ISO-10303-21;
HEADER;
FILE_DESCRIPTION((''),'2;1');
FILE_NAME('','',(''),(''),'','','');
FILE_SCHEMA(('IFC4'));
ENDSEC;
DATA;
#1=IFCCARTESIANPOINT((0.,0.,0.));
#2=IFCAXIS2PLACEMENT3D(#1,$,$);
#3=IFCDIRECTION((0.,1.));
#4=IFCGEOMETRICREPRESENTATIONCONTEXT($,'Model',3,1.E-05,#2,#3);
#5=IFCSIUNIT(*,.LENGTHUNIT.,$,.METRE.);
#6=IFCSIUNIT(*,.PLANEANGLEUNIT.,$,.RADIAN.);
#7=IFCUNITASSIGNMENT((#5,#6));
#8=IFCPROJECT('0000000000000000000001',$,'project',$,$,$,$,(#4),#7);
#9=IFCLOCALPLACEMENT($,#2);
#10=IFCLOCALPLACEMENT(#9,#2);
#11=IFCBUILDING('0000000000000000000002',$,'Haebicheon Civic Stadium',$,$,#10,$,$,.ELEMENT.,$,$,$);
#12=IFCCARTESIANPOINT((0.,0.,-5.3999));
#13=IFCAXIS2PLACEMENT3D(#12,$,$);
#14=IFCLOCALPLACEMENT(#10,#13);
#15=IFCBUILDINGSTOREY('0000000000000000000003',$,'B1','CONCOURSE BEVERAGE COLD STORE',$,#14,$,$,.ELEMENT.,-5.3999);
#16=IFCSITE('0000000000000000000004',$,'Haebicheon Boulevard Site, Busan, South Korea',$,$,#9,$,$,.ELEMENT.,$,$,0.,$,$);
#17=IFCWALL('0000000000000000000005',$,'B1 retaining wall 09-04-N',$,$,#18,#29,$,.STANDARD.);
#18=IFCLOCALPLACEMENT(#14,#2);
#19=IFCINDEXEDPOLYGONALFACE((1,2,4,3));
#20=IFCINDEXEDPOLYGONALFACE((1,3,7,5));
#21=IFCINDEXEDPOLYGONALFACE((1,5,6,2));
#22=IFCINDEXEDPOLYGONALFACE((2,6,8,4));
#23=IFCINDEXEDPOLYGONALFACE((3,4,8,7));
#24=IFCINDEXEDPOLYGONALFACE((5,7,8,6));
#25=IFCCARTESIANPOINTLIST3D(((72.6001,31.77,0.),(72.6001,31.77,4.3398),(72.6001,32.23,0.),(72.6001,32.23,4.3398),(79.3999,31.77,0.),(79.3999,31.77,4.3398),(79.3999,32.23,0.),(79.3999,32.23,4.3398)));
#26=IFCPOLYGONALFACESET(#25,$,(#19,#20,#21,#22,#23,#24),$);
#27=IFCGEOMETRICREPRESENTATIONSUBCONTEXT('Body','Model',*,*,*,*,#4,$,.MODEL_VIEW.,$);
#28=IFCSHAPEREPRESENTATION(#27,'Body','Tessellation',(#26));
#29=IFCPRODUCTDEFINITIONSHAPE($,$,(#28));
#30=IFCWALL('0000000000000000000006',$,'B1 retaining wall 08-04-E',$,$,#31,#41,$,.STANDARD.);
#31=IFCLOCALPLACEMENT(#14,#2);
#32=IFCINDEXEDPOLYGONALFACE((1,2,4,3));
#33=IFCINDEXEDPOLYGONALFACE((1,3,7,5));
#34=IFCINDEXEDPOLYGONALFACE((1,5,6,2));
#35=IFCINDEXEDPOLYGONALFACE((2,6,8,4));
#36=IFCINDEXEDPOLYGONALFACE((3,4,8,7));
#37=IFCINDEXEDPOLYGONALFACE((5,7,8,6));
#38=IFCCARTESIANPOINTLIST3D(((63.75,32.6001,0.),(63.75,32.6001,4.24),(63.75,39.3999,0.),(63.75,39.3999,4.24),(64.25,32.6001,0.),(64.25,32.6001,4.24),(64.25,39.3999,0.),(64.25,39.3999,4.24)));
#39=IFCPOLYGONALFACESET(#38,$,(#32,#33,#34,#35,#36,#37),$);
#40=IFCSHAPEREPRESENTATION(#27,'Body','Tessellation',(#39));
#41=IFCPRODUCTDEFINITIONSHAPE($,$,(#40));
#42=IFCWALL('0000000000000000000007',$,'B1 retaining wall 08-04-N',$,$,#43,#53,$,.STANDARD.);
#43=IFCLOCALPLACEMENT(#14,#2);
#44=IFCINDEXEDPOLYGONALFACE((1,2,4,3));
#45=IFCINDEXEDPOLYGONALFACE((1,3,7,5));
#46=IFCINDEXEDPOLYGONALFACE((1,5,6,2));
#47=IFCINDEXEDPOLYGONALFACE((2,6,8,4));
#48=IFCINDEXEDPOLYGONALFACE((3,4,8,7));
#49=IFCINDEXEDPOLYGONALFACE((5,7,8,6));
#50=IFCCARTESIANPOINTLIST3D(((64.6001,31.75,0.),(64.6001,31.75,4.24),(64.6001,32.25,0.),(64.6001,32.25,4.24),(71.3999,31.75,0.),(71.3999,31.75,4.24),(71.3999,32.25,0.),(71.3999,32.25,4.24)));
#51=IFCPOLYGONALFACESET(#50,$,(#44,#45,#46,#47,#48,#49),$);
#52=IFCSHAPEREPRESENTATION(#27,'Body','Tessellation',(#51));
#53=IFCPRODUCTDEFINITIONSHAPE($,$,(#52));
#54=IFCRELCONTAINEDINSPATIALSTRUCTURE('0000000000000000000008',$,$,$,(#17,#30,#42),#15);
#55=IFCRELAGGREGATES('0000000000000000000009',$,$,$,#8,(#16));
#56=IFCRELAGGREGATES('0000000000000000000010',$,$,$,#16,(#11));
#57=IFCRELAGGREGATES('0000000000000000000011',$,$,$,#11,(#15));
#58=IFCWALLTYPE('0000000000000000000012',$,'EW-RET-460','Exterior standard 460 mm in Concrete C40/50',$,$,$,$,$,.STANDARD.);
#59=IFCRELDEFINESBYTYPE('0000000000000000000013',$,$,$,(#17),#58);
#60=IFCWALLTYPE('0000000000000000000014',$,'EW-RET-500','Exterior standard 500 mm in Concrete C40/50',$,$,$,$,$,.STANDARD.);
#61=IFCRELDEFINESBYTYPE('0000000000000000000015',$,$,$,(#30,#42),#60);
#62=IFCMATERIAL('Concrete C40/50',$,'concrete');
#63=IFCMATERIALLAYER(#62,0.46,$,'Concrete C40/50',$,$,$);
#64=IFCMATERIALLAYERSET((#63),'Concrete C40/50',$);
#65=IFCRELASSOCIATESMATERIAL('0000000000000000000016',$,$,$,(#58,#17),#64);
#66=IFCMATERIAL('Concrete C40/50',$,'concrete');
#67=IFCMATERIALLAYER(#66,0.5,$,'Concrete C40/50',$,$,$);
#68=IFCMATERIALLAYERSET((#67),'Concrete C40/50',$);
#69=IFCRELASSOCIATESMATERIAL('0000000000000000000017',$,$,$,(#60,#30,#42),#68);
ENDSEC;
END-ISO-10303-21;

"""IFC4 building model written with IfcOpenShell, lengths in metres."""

from ifc_helpers import new_model, si_unit, direction, frame, frame_2d, origin, place, context, subcontext, project, spatial, rectangle, extrude, material, layer, layer_set, type_object, element, save


model = new_model("IFC4")

# Units and contexts
model_context = context("Model", 3, precision=1e-05, world=origin(), true_north=direction((0.0, 1.0)))
body_context = subcontext(model_context, "Body", "Model", "MODEL_VIEW")
ifc_project = project(units=[si_unit("LENGTHUNIT", "METRE"), si_unit("PLANEANGLEUNIT", "RADIAN")], contexts=[model_context])

# Site, building, storey
site_placement = place(None, origin())
site = spatial("IfcSite", under=ifc_project, at=site_placement, Name="Haebicheon Boulevard Site, Busan, South Korea", CompositionType="ELEMENT", RefElevation=0.0)
building_placement = place(site_placement, origin())
building = spatial("IfcBuilding", under=site, at=building_placement, Name="Haebicheon Civic Stadium", CompositionType="ELEMENT")
storey_placement = place(building_placement, frame((0.0, 0.0, -5.3999)))
storey = spatial("IfcBuildingStorey", under=building, at=storey_placement, Name="B1", Description="CONCOURSE BEVERAGE COLD STORE", CompositionType="ELEMENT", Elevation=-5.3999)

# Walls
ifc_material_1 = material(Name="Concrete C40/50", Category="concrete")
ifc_layer_1 = layer(ifc_material_1, 0.46, Name="Concrete C40/50")
ifc_layer_set_1 = layer_set([ifc_layer_1], Name="Concrete C40/50")
wall_type_1 = type_object("IfcWallType", Name="EW-RET-460", Description="Exterior standard 460 mm in Concrete C40/50", PredefinedType="STANDARD", material=ifc_layer_set_1)
wall_placement = place(storey_placement, frame((72.6001, 32.0, 0.0), z_axis=(0.0, 0.0, 1.0), x_axis=(1.0, 0.0, 0.0)))
element("IfcWall", 1, at=wall_placement, inside=storey, type_object=wall_type_1, material=ifc_layer_set_1, Name="B1 retaining wall 09-04-N", PredefinedType="STANDARD", context=body_context, shape_type="SweptSolid", body=[
    extrude(rectangle(XDim=6.7998, YDim=0.46, at=frame_2d((3.3999, 0.0))), origin(), (0.0, 0.0, 1.0), 4.3398),
])
ifc_material_2 = material(Name="Concrete C40/50", Category="concrete")
ifc_layer_2 = layer(ifc_material_2, 0.5, Name="Concrete C40/50")
ifc_layer_set_2 = layer_set([ifc_layer_2], Name="Concrete C40/50")
wall_type_2 = type_object("IfcWallType", Name="EW-RET-500", Description="Exterior standard 500 mm in Concrete C40/50", PredefinedType="STANDARD", material=ifc_layer_set_2)
for number, where, z_axis, x_axis, name in (
    (2, (64.0, 32.6001, 0.0), (0.0, 0.0, 1.0), (0.0, 1.0, 0.0), "B1 retaining wall 08-04-E"),
    (3, (64.6001, 32.0, 0.0), (0.0, 0.0, 1.0), (1.0, 0.0, 0.0), "B1 retaining wall 08-04-N"),
):
    element("IfcWall", number, at=place(storey_placement, frame(where, z_axis=z_axis, x_axis=x_axis)), inside=storey, type_object=wall_type_2, material=ifc_layer_set_2, Name=name, PredefinedType="STANDARD", context=body_context, shape_type="SweptSolid", body=[
        extrude(rectangle(XDim=6.7998, YDim=0.5, at=frame_2d((3.3999, 0.0))), origin(), (0.0, 0.0, 1.0), 4.24),
    ])

save(model, "model.ifc")
